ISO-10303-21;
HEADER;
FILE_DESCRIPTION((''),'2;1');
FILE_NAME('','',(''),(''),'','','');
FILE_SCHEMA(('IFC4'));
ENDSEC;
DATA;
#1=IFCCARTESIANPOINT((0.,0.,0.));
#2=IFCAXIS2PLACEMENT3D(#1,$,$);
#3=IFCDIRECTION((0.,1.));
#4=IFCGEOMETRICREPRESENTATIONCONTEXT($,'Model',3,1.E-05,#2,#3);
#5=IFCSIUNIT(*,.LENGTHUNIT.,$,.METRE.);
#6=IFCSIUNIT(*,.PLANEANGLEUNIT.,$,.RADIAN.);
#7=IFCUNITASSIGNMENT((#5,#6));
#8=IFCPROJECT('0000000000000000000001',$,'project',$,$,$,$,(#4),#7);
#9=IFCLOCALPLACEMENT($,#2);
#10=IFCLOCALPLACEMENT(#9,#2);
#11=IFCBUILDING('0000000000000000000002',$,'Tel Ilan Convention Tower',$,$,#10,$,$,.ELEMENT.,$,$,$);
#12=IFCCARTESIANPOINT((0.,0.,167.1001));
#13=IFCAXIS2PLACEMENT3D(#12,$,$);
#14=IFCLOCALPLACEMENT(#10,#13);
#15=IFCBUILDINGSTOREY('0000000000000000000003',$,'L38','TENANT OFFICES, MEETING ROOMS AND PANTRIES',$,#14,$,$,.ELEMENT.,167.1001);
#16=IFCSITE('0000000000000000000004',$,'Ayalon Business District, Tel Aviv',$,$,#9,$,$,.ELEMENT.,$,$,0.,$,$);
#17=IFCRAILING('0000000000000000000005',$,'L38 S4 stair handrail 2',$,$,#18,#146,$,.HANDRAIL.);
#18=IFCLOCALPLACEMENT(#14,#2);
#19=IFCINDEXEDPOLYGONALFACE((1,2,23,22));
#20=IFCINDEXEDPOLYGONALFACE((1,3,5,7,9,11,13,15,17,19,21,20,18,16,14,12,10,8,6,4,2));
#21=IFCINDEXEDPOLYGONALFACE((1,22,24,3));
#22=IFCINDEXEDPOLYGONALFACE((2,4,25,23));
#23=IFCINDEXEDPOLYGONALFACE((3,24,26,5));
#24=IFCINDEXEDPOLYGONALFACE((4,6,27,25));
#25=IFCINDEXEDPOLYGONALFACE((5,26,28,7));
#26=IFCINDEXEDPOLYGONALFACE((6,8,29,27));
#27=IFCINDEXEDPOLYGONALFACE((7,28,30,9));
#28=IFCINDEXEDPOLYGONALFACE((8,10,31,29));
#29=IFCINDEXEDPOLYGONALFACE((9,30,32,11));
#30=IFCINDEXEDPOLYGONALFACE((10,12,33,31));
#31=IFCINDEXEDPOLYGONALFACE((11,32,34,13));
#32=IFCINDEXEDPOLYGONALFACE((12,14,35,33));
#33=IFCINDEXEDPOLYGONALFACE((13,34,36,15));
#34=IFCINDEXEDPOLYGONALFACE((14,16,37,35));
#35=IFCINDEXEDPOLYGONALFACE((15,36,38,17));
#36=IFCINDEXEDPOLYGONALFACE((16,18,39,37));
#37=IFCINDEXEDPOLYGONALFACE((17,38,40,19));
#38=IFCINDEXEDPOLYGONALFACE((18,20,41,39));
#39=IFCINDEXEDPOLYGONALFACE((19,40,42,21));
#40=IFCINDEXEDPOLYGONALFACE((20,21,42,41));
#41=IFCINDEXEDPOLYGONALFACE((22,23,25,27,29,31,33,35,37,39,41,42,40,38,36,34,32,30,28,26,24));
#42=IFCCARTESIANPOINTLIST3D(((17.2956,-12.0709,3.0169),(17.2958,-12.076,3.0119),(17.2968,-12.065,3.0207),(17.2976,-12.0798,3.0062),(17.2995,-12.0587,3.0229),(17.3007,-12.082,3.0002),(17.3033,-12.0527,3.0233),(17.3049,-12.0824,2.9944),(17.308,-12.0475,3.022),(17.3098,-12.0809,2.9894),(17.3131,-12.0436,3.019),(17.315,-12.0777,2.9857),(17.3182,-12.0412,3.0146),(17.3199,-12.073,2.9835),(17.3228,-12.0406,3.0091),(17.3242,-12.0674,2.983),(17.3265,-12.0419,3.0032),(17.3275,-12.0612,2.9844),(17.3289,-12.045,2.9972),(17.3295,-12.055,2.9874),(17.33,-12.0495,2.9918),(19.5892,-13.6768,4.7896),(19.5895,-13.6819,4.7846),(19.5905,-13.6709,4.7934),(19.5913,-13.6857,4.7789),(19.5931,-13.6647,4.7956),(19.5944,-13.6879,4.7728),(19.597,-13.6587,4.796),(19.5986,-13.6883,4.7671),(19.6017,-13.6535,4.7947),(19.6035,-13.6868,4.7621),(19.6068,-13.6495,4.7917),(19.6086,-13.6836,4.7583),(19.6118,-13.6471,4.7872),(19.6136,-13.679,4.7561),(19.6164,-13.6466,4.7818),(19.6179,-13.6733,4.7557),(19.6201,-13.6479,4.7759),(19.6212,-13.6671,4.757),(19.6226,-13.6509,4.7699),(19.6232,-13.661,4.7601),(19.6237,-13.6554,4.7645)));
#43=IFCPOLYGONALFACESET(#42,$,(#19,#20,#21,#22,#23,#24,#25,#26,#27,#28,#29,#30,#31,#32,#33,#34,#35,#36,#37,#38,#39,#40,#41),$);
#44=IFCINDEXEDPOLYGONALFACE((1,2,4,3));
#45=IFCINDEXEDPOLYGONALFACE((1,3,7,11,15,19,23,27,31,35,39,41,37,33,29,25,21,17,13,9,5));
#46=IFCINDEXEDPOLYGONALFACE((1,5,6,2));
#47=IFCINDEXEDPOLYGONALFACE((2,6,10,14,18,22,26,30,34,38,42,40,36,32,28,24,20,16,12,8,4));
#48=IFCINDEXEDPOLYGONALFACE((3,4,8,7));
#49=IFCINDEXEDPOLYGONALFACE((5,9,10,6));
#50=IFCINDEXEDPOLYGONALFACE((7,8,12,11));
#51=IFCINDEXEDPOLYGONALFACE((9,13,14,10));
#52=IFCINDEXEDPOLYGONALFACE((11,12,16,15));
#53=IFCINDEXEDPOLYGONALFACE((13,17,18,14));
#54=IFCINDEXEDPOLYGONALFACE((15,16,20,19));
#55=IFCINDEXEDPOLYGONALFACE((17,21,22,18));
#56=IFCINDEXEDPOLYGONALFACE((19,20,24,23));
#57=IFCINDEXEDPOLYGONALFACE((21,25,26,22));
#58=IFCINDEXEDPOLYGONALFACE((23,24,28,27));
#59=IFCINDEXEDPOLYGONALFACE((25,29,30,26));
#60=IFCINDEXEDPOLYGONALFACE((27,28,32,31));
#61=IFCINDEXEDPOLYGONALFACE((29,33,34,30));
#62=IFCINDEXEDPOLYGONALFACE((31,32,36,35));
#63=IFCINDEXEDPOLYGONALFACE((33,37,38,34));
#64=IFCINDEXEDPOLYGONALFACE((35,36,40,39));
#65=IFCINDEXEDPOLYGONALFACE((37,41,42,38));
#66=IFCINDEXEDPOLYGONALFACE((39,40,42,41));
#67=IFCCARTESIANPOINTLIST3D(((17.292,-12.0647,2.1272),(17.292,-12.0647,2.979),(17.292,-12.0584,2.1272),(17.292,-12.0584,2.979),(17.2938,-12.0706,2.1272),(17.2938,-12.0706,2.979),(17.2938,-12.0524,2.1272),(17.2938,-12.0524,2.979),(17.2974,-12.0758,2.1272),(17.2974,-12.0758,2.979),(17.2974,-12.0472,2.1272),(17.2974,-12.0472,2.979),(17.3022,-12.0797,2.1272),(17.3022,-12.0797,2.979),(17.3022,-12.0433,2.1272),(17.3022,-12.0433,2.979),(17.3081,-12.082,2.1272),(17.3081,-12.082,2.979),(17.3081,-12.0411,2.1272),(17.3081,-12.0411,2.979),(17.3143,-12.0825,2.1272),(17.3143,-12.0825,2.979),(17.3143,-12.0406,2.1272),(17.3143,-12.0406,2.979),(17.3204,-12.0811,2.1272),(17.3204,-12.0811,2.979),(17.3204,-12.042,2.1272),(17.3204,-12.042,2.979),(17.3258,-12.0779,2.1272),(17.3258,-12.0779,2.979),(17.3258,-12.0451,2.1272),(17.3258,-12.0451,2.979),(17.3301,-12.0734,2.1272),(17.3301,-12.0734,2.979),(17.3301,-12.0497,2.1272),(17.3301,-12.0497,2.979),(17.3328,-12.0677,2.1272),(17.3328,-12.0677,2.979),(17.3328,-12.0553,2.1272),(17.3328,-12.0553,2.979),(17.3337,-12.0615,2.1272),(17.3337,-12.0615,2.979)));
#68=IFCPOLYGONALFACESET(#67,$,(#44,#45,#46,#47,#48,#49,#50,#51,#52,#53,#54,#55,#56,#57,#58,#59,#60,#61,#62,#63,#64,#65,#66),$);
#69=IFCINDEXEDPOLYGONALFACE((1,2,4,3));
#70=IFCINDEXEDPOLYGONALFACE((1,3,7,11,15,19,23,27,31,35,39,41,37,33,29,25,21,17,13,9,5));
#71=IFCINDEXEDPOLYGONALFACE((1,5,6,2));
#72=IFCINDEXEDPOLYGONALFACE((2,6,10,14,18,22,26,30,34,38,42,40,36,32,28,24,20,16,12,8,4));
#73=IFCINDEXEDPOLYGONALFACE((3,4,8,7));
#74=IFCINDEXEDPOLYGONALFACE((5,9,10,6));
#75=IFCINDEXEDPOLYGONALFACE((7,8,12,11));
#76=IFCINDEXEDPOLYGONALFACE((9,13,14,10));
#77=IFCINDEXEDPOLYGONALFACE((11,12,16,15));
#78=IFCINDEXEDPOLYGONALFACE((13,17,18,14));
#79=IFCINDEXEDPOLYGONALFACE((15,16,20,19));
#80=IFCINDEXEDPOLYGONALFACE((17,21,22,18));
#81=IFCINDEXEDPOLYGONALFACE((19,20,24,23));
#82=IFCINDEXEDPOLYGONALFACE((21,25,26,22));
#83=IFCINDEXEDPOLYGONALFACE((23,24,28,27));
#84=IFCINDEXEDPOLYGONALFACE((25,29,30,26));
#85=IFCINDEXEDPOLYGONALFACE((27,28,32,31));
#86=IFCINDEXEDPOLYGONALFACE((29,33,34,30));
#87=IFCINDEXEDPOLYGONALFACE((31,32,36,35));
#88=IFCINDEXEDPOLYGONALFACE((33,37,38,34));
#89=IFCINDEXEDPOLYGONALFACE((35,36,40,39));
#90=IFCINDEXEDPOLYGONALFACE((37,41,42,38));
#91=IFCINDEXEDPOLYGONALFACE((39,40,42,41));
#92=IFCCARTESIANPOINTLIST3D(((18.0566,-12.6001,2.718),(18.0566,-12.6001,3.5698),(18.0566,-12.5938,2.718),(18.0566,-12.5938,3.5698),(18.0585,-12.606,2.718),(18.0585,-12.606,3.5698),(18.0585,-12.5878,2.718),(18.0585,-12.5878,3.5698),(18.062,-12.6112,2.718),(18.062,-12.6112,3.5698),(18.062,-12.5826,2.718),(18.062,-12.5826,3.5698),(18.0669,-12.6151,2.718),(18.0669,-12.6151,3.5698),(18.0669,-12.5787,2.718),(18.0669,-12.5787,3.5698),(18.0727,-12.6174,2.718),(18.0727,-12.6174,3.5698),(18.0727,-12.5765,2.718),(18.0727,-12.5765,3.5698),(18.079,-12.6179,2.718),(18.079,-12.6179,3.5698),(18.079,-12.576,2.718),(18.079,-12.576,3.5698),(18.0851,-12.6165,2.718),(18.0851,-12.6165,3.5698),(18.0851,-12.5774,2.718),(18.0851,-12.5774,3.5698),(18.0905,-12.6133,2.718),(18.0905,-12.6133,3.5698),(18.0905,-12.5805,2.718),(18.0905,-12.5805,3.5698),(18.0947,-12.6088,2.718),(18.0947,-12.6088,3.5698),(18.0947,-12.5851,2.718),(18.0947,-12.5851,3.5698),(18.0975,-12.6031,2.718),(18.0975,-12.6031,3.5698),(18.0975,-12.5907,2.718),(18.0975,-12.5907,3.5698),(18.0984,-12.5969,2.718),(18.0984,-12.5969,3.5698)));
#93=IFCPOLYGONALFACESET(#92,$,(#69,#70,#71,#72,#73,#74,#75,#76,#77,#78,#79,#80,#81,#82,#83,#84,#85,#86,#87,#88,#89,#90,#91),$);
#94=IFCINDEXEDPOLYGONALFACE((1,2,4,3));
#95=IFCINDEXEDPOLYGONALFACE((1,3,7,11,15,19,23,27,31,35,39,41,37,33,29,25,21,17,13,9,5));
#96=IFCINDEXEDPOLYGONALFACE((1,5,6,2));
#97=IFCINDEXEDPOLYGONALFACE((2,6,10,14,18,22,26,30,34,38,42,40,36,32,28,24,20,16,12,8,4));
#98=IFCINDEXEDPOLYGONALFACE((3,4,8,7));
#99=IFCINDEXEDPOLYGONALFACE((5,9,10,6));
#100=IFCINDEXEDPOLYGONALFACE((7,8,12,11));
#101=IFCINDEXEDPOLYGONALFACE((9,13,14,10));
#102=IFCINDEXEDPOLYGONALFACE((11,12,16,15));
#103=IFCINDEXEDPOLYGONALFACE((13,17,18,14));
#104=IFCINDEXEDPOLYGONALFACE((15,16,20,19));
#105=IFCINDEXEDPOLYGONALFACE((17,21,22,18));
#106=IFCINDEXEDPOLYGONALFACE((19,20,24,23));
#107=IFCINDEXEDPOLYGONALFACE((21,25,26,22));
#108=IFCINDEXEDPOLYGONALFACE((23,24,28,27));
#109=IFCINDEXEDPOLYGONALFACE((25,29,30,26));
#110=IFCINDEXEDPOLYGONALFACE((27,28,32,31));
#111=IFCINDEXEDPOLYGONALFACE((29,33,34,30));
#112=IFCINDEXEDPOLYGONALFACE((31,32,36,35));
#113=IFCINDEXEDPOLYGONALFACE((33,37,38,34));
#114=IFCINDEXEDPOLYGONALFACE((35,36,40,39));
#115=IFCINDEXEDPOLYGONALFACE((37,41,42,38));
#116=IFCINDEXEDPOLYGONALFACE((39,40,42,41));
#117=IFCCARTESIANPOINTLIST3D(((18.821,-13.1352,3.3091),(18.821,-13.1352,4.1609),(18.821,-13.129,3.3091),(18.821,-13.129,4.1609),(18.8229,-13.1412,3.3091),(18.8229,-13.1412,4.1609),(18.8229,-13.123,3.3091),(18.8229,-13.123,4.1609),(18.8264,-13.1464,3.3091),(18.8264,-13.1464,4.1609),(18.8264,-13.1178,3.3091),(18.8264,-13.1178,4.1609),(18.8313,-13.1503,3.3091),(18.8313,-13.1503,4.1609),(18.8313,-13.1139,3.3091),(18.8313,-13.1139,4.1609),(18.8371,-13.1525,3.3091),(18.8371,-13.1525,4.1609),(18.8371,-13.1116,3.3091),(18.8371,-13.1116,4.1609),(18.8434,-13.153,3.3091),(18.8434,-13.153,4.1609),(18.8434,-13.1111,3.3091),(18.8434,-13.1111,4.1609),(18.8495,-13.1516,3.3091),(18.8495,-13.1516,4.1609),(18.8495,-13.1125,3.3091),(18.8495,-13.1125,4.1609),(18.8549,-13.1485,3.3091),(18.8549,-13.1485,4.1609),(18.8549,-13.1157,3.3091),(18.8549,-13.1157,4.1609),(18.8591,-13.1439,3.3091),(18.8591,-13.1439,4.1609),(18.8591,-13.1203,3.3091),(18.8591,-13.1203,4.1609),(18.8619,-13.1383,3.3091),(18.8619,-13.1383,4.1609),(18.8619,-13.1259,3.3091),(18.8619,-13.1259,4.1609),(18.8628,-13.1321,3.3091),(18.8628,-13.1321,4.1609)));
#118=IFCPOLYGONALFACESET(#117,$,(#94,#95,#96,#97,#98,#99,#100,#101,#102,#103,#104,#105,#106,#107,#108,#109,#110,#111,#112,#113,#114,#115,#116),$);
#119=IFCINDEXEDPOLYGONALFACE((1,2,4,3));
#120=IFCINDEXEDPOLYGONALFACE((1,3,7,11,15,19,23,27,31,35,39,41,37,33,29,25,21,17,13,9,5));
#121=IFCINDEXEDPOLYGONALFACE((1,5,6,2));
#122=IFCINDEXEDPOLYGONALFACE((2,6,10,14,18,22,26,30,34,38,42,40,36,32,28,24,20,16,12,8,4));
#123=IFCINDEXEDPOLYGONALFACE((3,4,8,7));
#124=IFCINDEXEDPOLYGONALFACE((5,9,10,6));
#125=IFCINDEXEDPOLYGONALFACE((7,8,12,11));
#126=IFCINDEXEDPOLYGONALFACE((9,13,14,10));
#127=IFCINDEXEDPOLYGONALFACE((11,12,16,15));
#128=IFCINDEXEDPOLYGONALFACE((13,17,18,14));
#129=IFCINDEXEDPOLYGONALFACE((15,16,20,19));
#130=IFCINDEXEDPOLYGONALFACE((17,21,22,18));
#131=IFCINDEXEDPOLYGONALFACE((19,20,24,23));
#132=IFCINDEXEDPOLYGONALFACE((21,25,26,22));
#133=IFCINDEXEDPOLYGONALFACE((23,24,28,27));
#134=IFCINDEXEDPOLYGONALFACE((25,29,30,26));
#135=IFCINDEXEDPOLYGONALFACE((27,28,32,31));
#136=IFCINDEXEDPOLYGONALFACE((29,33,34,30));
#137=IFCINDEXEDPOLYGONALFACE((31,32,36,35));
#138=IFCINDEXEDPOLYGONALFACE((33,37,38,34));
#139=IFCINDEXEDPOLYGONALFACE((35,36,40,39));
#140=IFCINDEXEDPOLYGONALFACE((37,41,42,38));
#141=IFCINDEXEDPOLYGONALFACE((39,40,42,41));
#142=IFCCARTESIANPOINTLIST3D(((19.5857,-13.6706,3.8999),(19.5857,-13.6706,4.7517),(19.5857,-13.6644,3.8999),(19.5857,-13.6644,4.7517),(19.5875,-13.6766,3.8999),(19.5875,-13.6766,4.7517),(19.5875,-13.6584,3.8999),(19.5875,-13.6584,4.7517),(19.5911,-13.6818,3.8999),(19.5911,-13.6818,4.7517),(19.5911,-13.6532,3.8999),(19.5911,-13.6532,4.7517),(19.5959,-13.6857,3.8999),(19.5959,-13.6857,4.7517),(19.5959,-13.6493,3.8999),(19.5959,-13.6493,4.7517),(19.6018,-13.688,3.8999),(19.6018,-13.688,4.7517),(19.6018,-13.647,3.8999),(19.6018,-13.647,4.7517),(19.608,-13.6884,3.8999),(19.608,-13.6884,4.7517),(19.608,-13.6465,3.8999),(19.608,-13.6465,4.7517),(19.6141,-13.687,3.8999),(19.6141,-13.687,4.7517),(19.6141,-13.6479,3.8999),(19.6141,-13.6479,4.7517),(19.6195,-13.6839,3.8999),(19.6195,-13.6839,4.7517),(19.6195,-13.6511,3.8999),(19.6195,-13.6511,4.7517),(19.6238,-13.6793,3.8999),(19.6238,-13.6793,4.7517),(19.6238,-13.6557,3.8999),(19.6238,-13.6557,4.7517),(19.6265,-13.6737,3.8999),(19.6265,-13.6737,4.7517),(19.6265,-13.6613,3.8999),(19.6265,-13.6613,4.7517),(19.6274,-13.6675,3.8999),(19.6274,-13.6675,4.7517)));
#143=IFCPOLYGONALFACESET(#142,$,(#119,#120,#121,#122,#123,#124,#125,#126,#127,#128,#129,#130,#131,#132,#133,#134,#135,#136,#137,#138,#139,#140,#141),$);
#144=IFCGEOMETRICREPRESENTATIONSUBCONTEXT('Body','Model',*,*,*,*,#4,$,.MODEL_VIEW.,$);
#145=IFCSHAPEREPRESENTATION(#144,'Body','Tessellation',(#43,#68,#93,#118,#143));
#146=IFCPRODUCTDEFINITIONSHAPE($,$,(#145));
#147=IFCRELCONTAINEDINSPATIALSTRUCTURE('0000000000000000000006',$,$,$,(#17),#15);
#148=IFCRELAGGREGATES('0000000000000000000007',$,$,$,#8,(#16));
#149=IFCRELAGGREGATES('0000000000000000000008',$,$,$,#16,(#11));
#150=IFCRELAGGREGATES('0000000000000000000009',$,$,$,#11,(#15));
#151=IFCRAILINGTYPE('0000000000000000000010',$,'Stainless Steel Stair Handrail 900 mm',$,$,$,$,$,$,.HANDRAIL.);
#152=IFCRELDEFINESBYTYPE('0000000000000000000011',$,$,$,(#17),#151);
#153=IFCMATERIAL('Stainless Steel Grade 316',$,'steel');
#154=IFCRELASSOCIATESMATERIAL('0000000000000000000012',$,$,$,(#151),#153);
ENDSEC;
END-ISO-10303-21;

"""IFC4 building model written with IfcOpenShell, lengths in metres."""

from ifc_helpers import new_model, si_unit, direction, frame, origin, origin_2d, place, context, subcontext, project, spatial, circle, extrude, material, type_object, element, save


model = new_model("IFC4")

# Units and contexts
model_context = context("Model", 3, precision=1e-05, world=origin(), true_north=direction((0.0, 1.0)))
body_context = subcontext(model_context, "Body", "Model", "MODEL_VIEW")
ifc_project = project(units=[si_unit("LENGTHUNIT", "METRE"), si_unit("PLANEANGLEUNIT", "RADIAN")], contexts=[model_context])

# Site, building, storey
site_placement = place(None, origin())
site = spatial("IfcSite", under=ifc_project, at=site_placement, Name="Ayalon Business District, Tel Aviv", CompositionType="ELEMENT", RefElevation=0.0)
building_placement = place(site_placement, origin())
building = spatial("IfcBuilding", under=site, at=building_placement, Name="Tel Ilan Convention Tower", CompositionType="ELEMENT")
storey_placement = place(building_placement, frame((0.0, 0.0, 167.1001)))
storey = spatial("IfcBuildingStorey", under=building, at=storey_placement, Name="L38", Description="TENANT OFFICES, MEETING ROOMS AND PANTRIES", CompositionType="ELEMENT", Elevation=167.1001)

# Railing
ifc_material_1 = material(Name="Stainless Steel Grade 316", Category="steel")
railing_type_1 = type_object("IfcRailingType", Name="Stainless Steel Stair Handrail 900 mm", PredefinedType="HANDRAIL", material=ifc_material_1)
railing_1_placement = place(storey_placement, frame((17.3127, -12.0615, 2.1272)))
element("IfcRailing", 1, at=railing_1_placement, inside=storey, type_object=railing_type_1, Name="L38 S4 stair handrail 2", PredefinedType="HANDRAIL", context=body_context, shape_type="SweptSolid", body=[
    extrude(circle(Radius=0.0239, at=origin_2d()), frame((0.0, 0.0, 0.876), z_axis=(0.692123, -0.484597, 0.534913), x_axis=(0.57355, 0.81917, 0.0)), (0.0, 0.0, 1.0), 3.314),
    extrude(circle(Radius=0.021, at=origin_2d()), origin(), (0.0, 0.0, 1.0), 0.8518),
    extrude(circle(Radius=0.021, at=origin_2d()), frame((0.7646, -0.5354, 0.5908)), (0.0, 0.0, 1.0), 0.8518),
    extrude(circle(Radius=0.021, at=origin_2d()), frame((1.5291, -1.0706, 1.1819)), (0.0, 0.0, 1.0), 0.8518),
    extrude(circle(Radius=0.021, at=origin_2d()), frame((2.2937, -1.606, 1.7727)), (0.0, 0.0, 1.0), 0.8518),
])

save(model, "model.ifc")
